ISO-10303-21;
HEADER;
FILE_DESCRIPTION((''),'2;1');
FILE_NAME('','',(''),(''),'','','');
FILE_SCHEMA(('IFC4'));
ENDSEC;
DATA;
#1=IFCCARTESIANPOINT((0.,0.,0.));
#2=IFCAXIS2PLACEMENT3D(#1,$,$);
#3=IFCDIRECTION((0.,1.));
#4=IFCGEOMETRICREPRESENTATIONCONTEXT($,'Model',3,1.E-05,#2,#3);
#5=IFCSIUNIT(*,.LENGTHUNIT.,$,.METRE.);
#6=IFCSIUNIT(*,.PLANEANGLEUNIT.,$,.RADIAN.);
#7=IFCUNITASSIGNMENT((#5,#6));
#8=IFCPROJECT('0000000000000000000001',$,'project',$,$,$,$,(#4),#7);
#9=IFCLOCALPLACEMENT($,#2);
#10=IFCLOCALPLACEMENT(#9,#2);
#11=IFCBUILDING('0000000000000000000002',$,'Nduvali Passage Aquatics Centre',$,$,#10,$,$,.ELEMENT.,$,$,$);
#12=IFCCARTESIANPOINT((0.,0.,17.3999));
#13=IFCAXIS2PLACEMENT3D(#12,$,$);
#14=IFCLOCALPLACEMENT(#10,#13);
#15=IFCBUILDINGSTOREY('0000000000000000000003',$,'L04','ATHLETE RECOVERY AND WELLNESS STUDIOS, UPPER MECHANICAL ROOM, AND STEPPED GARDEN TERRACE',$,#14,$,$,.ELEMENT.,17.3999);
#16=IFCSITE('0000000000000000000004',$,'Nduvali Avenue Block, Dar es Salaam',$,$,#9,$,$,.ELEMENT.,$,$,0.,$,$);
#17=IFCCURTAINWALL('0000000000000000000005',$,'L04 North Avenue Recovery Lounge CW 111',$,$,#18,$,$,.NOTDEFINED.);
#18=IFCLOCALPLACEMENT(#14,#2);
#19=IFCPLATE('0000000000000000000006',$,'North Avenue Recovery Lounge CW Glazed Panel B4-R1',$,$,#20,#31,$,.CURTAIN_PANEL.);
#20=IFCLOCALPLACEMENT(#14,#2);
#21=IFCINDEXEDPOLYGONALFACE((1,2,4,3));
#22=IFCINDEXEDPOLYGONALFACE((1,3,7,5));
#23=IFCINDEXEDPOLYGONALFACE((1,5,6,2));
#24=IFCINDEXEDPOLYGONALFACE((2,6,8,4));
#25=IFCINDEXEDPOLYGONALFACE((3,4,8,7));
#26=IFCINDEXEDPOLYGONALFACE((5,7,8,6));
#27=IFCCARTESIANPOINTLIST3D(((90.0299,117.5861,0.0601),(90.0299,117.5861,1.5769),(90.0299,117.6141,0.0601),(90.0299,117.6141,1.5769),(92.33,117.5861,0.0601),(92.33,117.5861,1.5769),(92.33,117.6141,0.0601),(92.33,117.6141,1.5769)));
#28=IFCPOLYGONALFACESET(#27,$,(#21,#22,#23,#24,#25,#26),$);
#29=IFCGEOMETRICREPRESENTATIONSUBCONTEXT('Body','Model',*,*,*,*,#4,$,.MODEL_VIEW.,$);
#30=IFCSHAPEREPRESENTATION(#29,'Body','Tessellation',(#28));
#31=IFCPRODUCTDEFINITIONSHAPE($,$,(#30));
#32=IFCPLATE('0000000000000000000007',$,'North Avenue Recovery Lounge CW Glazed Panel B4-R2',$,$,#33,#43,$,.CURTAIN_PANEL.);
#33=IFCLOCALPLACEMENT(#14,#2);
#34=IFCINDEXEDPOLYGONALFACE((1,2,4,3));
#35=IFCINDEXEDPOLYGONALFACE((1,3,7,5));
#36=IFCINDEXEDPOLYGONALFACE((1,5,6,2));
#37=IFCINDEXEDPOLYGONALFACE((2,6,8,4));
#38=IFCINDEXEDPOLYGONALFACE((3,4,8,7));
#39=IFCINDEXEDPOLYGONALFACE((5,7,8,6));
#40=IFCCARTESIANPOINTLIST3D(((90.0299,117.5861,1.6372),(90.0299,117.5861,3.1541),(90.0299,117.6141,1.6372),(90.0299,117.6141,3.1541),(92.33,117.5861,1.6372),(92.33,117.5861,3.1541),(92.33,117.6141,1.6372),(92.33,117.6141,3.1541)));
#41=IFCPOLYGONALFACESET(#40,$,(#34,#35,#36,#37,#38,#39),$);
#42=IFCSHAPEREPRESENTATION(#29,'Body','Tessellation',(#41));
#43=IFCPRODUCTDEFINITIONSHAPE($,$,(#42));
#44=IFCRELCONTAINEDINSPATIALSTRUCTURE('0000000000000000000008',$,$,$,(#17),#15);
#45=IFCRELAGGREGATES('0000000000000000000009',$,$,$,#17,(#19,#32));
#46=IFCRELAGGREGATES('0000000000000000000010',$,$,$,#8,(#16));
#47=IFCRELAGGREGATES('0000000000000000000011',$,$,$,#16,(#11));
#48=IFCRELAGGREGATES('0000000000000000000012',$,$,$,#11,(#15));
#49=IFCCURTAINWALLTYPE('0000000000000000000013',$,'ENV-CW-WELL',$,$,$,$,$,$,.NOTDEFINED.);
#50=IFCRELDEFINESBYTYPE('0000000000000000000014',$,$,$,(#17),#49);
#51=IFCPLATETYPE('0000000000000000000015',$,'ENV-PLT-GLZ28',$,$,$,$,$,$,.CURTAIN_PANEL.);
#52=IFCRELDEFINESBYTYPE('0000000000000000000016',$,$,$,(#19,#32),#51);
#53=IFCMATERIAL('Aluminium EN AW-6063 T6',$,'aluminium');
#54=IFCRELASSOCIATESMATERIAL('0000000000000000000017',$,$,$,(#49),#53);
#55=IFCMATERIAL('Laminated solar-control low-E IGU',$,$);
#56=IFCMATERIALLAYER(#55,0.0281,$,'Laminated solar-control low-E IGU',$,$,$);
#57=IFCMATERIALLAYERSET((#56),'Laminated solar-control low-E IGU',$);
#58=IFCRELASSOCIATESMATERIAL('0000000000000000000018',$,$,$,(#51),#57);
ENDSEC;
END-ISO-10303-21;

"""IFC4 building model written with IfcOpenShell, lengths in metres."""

from ifc_helpers import new_model, si_unit, direction, frame, origin, origin_2d, place, context, subcontext, project, spatial, rectangle, extrude, material, layer, layer_set, type_object, element, aggregate, save


model = new_model("IFC4")

# Units and contexts
model_context = context("Model", 3, precision=1e-05, world=origin(), true_north=direction((0.0, 1.0)))
body_context = subcontext(model_context, "Body", "Model", "MODEL_VIEW")
ifc_project = project(units=[si_unit("LENGTHUNIT", "METRE"), si_unit("PLANEANGLEUNIT", "RADIAN")], contexts=[model_context])

# Site, building, storey
site_placement = place(None, origin())
site = spatial("IfcSite", under=ifc_project, at=site_placement, Name="Nduvali Avenue Block, Dar es Salaam", CompositionType="ELEMENT", RefElevation=0.0)
building_placement = place(site_placement, origin())
building = spatial("IfcBuilding", under=site, at=building_placement, Name="Nduvali Passage Aquatics Centre", CompositionType="ELEMENT")
storey_placement = place(building_placement, frame((0.0, 0.0, 17.3999)))
storey = spatial("IfcBuildingStorey", under=building, at=storey_placement, Name="L04", Description="ATHLETE RECOVERY AND WELLNESS STUDIOS, UPPER MECHANICAL ROOM, AND STEPPED GARDEN TERRACE", CompositionType="ELEMENT", Elevation=17.3999)

# Shared definitions
ifc_material_1 = material(Name="Aluminium EN AW-6063 T6", Category="aluminium")
curtain_wall_type = type_object("IfcCurtainWallType", Name="ENV-CW-WELL", PredefinedType="NOTDEFINED", material=ifc_material_1)

# Curtain wall
curtain_wall_1_placement = place(storey_placement, origin())
curtain_wall_1 = element("IfcCurtainWall", 1, at=curtain_wall_1_placement, inside=storey, type_object=curtain_wall_type, Name="L04 North Avenue Recovery Lounge CW 111", PredefinedType="NOTDEFINED")

# Plates
ifc_material_2 = material(Name="Laminated solar-control low-E IGU")
ifc_layer = layer(ifc_material_2, 0.0281, Name="Laminated solar-control low-E IGU")
ifc_layer_set = layer_set([ifc_layer], Name="Laminated solar-control low-E IGU")
plate_type = type_object("IfcPlateType", Name="ENV-PLT-GLZ28", PredefinedType="CURTAIN_PANEL", material=ifc_layer_set)
plate_1_placement = place(storey_placement, frame((91.1799, 117.6001, 0.0601), z_axis=(0.0, 0.0, 1.0), x_axis=(1.0, 0.0, 0.0)))
plate_1 = element("IfcPlate", 2, at=plate_1_placement, type_object=plate_type, Name="North Avenue Recovery Lounge CW Glazed Panel B4-R1", PredefinedType="CURTAIN_PANEL", context=body_context, shape_type="SweptSolid", body=[
    extrude(rectangle(XDim=2.3, YDim=0.0281, at=origin_2d()), origin(), (0.0, 0.0, 1.0), 1.5168),
])
plate_2_placement = place(storey_placement, frame((91.1799, 117.6001, 1.6372), z_axis=(0.0, 0.0, 1.0), x_axis=(1.0, 0.0, 0.0)))
plate_2 = element("IfcPlate", 3, at=plate_2_placement, type_object=plate_type, Name="North Avenue Recovery Lounge CW Glazed Panel B4-R2", PredefinedType="CURTAIN_PANEL", context=body_context, shape_type="SweptSolid", body=[
    extrude(rectangle(XDim=2.3, YDim=0.0281, at=origin_2d()), origin(), (0.0, 0.0, 1.0), 1.5168),
])
aggregate(curtain_wall_1, [plate_1, plate_2])

save(model, "model.ifc")
